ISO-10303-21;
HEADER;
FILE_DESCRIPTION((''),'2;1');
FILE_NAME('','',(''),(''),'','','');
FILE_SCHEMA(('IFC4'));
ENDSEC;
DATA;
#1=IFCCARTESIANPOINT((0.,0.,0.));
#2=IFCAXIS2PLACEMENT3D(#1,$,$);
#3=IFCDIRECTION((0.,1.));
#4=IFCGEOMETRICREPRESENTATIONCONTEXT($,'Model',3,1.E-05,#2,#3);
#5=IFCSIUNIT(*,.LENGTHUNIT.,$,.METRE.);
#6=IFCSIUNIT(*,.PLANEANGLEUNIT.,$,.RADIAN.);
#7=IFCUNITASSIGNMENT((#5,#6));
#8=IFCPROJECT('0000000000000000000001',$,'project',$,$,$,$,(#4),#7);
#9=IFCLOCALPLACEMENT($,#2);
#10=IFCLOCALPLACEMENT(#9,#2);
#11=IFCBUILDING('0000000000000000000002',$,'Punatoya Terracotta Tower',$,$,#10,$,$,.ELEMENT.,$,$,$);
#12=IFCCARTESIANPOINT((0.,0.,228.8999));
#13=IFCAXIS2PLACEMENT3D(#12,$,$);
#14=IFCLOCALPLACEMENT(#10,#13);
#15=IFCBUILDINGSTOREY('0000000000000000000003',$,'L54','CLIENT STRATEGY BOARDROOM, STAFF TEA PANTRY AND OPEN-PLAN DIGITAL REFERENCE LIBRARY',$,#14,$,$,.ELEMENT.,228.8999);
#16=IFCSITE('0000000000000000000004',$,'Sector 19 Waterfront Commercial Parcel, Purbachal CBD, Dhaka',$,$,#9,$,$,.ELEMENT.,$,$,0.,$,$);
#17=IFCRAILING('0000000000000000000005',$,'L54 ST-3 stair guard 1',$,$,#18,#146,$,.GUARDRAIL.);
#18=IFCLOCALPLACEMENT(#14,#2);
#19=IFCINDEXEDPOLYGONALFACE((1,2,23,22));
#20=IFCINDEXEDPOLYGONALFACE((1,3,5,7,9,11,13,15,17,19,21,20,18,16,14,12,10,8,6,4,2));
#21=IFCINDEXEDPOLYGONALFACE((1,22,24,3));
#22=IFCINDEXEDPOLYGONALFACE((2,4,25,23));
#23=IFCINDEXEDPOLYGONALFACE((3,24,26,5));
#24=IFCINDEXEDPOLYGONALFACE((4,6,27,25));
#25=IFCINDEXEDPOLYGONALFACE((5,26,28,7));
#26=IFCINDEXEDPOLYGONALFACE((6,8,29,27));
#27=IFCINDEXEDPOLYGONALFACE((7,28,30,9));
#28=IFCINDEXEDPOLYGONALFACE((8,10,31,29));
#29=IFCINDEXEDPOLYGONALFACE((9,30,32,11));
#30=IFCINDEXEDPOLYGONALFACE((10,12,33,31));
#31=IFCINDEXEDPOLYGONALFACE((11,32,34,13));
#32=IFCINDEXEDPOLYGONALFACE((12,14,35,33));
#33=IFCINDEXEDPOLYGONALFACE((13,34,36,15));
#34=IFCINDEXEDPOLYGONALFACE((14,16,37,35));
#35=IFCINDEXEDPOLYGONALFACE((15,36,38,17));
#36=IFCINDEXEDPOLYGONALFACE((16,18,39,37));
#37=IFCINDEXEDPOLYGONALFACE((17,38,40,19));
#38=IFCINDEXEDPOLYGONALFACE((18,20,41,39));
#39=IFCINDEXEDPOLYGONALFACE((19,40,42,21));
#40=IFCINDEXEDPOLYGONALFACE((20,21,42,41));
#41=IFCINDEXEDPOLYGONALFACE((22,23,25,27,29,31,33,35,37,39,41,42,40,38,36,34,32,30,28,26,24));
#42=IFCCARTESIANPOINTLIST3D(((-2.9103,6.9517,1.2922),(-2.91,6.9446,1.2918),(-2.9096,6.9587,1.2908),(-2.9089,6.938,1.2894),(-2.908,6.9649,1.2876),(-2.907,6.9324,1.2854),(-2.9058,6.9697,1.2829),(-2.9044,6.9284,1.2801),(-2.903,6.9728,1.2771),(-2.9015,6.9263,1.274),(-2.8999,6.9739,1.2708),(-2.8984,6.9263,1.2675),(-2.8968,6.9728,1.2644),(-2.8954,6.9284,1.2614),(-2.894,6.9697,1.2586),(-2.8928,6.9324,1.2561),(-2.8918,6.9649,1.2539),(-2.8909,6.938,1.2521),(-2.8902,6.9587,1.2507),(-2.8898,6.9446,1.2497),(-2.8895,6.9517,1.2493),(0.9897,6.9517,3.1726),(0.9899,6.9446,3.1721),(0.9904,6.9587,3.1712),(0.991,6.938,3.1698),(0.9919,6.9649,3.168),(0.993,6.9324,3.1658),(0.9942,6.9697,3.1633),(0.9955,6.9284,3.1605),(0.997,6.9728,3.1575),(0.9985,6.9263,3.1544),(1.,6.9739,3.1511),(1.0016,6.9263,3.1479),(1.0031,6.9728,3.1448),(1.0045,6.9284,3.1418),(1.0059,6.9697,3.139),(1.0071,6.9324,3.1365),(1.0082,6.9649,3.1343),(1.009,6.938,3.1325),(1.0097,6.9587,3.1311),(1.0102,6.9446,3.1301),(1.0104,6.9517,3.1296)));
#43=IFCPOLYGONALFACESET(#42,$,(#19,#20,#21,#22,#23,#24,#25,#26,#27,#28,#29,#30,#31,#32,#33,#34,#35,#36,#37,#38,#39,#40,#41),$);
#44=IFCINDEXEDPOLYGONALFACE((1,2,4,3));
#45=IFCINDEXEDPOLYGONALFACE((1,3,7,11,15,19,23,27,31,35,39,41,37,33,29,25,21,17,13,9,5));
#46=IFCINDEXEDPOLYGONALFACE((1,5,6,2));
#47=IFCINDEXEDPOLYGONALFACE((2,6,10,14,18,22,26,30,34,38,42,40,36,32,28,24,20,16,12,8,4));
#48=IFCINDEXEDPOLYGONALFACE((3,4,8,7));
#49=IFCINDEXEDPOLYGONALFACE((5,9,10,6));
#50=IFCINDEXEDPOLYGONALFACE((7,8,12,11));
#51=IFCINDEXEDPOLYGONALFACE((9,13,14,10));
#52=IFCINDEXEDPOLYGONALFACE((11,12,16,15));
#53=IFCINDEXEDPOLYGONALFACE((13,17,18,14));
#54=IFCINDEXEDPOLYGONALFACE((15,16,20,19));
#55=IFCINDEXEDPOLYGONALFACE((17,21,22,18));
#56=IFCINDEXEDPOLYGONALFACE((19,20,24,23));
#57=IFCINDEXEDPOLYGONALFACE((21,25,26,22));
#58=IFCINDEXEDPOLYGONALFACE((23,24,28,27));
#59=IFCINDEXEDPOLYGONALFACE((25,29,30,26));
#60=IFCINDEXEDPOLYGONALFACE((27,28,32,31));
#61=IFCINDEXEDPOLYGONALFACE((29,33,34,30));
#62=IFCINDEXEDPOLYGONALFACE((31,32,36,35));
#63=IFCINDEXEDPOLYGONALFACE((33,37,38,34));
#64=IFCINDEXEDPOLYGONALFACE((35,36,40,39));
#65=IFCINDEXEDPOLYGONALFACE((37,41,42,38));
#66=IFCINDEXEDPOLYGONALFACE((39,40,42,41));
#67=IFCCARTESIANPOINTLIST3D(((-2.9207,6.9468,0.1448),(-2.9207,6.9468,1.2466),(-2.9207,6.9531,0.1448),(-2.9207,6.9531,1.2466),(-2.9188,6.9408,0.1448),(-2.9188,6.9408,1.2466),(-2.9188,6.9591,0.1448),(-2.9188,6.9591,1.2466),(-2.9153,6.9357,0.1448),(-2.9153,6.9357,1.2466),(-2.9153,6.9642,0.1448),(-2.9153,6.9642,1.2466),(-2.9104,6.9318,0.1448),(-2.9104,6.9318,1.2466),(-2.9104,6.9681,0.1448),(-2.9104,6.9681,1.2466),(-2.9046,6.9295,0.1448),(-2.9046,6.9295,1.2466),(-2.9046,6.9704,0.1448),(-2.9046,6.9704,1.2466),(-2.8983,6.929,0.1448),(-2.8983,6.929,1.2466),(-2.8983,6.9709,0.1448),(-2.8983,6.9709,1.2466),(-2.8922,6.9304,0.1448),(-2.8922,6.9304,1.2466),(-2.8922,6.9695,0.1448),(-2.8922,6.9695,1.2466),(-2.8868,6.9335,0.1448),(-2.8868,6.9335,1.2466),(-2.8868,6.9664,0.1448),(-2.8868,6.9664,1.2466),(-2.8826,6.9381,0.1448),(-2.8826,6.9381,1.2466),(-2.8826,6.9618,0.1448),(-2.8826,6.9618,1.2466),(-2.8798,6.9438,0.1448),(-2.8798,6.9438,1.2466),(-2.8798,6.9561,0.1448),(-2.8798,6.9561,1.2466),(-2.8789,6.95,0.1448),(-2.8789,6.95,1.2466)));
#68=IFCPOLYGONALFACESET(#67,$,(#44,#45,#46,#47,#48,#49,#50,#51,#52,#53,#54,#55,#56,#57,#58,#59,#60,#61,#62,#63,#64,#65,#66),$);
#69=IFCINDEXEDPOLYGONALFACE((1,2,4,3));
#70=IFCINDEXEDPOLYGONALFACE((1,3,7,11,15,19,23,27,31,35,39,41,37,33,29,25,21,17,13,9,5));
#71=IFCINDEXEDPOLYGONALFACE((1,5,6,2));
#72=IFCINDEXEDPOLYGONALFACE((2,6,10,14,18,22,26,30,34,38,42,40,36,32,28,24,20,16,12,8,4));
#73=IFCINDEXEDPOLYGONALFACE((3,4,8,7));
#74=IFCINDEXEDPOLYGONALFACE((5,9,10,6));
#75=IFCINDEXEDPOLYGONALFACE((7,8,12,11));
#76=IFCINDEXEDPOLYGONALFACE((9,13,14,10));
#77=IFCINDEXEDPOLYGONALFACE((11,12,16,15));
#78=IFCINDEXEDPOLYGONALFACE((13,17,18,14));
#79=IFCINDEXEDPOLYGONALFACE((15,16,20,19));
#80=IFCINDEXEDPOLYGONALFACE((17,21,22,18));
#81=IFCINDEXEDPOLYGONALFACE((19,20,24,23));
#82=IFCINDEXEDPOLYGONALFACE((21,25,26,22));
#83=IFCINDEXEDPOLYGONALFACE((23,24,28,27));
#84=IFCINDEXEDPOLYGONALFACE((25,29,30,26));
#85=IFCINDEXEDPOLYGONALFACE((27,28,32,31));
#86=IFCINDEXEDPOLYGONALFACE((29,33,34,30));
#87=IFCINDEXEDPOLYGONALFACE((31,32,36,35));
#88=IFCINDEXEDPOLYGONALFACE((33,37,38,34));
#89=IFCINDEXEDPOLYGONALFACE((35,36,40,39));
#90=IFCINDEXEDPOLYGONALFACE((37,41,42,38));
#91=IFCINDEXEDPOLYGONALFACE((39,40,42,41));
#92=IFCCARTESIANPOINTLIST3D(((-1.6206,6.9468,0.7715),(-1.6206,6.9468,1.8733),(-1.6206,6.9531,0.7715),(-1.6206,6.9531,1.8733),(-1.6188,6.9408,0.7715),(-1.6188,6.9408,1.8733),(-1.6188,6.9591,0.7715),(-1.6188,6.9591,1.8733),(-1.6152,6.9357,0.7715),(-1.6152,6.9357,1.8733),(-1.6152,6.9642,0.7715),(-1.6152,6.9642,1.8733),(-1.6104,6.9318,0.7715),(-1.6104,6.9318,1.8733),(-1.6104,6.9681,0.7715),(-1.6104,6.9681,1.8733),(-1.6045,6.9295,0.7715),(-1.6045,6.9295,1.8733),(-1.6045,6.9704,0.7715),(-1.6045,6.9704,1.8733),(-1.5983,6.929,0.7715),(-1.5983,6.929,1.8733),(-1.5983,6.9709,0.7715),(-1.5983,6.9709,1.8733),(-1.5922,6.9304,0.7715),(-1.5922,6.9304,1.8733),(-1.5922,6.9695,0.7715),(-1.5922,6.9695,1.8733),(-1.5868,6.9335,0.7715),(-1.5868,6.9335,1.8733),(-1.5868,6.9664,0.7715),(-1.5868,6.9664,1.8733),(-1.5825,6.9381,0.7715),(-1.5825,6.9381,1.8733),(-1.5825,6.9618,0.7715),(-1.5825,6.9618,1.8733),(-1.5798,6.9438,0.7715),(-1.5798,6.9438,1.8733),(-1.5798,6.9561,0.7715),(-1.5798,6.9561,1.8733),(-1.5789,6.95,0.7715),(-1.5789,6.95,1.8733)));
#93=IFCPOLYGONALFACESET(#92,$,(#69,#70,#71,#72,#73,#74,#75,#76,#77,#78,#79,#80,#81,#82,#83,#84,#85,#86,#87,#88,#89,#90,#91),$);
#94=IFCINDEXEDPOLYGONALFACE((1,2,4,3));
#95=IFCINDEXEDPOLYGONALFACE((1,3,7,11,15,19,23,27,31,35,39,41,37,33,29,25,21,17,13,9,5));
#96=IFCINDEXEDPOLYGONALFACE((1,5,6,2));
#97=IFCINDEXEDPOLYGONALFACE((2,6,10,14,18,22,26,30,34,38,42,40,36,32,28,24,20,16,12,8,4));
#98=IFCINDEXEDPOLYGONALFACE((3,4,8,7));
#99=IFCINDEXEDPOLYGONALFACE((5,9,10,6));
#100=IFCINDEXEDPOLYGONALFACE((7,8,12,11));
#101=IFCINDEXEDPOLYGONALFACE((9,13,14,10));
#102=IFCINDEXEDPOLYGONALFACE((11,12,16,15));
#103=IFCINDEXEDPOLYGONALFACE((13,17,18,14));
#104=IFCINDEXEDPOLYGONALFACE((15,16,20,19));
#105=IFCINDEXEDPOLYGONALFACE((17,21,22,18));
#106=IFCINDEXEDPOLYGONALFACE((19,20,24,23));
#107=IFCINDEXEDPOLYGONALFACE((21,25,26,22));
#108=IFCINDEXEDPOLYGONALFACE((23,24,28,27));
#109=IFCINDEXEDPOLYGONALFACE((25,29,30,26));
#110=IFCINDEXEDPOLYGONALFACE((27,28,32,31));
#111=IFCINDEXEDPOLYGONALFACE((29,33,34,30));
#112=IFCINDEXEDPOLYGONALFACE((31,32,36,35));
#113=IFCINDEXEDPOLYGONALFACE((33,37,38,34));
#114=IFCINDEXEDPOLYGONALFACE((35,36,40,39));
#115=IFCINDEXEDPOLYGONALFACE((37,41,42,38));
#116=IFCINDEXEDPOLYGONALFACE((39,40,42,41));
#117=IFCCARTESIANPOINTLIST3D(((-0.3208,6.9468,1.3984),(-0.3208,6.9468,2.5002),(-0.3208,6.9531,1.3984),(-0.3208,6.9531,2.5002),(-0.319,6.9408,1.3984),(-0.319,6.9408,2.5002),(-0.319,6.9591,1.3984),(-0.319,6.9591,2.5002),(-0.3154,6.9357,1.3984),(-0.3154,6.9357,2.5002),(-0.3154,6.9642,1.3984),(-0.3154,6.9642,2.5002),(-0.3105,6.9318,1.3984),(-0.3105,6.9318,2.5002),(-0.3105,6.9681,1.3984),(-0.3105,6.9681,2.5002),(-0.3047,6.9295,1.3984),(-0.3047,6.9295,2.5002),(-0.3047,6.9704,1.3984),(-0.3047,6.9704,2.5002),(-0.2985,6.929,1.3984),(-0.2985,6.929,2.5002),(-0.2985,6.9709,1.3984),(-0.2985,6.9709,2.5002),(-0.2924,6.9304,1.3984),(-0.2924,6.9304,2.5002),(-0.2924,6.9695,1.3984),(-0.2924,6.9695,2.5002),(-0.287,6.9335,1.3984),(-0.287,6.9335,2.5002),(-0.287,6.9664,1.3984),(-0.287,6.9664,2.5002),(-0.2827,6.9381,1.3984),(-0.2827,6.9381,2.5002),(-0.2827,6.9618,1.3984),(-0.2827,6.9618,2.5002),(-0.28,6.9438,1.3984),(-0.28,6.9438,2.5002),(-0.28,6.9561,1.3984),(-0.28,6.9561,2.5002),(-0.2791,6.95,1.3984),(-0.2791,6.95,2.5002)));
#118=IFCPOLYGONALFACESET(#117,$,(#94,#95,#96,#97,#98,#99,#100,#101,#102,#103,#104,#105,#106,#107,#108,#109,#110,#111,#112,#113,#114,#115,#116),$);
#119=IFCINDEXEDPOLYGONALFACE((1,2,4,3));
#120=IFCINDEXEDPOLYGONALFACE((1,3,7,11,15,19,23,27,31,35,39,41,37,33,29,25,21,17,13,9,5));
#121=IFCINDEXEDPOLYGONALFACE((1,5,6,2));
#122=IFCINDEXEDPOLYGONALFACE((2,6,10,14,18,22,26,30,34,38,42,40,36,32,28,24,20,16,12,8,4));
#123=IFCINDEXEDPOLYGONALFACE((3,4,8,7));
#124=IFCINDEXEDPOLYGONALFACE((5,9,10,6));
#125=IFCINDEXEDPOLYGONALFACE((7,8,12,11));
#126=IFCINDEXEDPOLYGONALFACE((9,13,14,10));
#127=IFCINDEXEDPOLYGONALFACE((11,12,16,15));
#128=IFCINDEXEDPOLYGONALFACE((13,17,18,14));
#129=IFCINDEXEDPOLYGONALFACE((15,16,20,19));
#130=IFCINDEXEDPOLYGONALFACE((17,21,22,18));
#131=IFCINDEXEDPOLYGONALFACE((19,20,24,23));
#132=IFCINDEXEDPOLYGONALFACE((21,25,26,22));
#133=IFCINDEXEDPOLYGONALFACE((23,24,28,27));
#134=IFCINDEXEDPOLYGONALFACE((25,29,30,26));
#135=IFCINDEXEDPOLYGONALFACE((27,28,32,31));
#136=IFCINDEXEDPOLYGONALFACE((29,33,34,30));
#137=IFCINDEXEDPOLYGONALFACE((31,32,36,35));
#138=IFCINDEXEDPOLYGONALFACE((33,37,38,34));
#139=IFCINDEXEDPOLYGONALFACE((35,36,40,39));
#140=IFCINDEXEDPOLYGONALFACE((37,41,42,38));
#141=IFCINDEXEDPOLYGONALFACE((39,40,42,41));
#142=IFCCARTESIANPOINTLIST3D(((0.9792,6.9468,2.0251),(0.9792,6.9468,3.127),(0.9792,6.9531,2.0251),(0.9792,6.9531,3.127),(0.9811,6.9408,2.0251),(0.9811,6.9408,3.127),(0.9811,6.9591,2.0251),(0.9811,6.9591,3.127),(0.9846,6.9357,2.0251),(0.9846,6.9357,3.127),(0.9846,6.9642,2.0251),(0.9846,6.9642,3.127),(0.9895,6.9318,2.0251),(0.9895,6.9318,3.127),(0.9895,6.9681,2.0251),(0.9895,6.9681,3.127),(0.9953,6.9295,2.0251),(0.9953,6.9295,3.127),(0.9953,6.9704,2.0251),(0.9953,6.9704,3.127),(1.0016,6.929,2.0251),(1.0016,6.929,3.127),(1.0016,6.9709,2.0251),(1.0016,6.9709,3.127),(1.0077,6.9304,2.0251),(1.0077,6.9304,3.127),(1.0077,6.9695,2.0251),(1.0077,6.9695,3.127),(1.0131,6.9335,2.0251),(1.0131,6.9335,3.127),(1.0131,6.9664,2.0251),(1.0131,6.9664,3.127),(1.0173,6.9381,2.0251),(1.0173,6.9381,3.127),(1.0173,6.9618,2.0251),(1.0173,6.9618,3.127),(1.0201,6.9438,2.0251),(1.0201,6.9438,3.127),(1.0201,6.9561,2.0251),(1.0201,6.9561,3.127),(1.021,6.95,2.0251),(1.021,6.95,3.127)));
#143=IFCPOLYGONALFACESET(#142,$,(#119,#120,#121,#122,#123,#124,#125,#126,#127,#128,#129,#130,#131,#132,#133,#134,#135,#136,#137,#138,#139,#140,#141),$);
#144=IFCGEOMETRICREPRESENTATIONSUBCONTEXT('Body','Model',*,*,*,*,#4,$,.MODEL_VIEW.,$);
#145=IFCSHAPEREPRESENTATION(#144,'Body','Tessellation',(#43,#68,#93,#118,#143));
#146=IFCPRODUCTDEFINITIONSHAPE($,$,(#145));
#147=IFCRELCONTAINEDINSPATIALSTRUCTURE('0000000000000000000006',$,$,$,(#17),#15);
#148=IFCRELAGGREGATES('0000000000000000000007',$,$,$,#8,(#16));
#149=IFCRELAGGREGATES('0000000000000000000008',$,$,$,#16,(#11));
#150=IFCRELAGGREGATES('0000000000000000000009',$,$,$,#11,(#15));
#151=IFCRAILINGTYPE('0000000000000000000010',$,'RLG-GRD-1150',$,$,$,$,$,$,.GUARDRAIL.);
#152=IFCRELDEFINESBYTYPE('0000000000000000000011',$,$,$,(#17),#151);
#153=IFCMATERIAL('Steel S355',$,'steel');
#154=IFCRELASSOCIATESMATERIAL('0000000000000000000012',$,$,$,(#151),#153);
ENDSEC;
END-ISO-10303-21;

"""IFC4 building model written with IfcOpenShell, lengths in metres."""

from ifc_helpers import new_model, si_unit, direction, frame, origin, origin_2d, place, context, subcontext, project, spatial, circle, extrude, material, type_object, element, save


model = new_model("IFC4")

# Units and contexts
model_context = context("Model", 3, precision=1e-05, world=origin(), true_north=direction((0.0, 1.0)))
body_context = subcontext(model_context, "Body", "Model", "MODEL_VIEW")
ifc_project = project(units=[si_unit("LENGTHUNIT", "METRE"), si_unit("PLANEANGLEUNIT", "RADIAN")], contexts=[model_context])

# Site, building, storey
site_placement = place(None, origin())
site = spatial("IfcSite", under=ifc_project, at=site_placement, Name="Sector 19 Waterfront Commercial Parcel, Purbachal CBD, Dhaka", CompositionType="ELEMENT", RefElevation=0.0)
building_placement = place(site_placement, origin())
building = spatial("IfcBuilding", under=site, at=building_placement, Name="Punatoya Terracotta Tower", CompositionType="ELEMENT")
storey_placement = place(building_placement, frame((0.0, 0.0, 228.8999)))
storey = spatial("IfcBuildingStorey", under=building, at=storey_placement, Name="L54", Description="CLIENT STRATEGY BOARDROOM, STAFF TEA PANTRY AND OPEN-PLAN DIGITAL REFERENCE LIBRARY", CompositionType="ELEMENT", Elevation=228.8999)

# Shared definitions
ifc_material_1 = material(Name="Steel S355", Category="steel")

# Railing
railing_type_1 = type_object("IfcRailingType", Name="RLG-GRD-1150", PredefinedType="GUARDRAIL", material=ifc_material_1)
railing_1_placement = place(storey_placement, frame((-2.8999, 6.95, 0.1448)))
element("IfcRailing", 1, at=railing_1_placement, inside=storey, type_object=railing_type_1, Name="L54 ST-3 stair guard 1", PredefinedType="GUARDRAIL", context=body_context, shape_type="SweptSolid", body=[
    extrude(circle(Radius=0.0239, at=origin_2d()), frame((0.0, 0.0, 1.126), z_axis=(0.900763, 0.0, 0.434311), x_axis=(0.0, 1.0, 0.0)), (0.0, 0.0, 1.0), 4.3296),
    extrude(circle(Radius=0.021, at=origin_2d()), origin(), (0.0, 0.0, 1.0), 1.1018),
    extrude(circle(Radius=0.021, at=origin_2d()), frame((1.3, 0.0, 0.6267)), (0.0, 0.0, 1.0), 1.1018),
    extrude(circle(Radius=0.021, at=origin_2d()), frame((2.5999, 0.0, 1.2537)), (0.0, 0.0, 1.0), 1.1018),
    extrude(circle(Radius=0.021, at=origin_2d()), frame((3.8999, 0.0, 1.8804)), (0.0, 0.0, 1.0), 1.1018),
])

save(model, "model.ifc")
